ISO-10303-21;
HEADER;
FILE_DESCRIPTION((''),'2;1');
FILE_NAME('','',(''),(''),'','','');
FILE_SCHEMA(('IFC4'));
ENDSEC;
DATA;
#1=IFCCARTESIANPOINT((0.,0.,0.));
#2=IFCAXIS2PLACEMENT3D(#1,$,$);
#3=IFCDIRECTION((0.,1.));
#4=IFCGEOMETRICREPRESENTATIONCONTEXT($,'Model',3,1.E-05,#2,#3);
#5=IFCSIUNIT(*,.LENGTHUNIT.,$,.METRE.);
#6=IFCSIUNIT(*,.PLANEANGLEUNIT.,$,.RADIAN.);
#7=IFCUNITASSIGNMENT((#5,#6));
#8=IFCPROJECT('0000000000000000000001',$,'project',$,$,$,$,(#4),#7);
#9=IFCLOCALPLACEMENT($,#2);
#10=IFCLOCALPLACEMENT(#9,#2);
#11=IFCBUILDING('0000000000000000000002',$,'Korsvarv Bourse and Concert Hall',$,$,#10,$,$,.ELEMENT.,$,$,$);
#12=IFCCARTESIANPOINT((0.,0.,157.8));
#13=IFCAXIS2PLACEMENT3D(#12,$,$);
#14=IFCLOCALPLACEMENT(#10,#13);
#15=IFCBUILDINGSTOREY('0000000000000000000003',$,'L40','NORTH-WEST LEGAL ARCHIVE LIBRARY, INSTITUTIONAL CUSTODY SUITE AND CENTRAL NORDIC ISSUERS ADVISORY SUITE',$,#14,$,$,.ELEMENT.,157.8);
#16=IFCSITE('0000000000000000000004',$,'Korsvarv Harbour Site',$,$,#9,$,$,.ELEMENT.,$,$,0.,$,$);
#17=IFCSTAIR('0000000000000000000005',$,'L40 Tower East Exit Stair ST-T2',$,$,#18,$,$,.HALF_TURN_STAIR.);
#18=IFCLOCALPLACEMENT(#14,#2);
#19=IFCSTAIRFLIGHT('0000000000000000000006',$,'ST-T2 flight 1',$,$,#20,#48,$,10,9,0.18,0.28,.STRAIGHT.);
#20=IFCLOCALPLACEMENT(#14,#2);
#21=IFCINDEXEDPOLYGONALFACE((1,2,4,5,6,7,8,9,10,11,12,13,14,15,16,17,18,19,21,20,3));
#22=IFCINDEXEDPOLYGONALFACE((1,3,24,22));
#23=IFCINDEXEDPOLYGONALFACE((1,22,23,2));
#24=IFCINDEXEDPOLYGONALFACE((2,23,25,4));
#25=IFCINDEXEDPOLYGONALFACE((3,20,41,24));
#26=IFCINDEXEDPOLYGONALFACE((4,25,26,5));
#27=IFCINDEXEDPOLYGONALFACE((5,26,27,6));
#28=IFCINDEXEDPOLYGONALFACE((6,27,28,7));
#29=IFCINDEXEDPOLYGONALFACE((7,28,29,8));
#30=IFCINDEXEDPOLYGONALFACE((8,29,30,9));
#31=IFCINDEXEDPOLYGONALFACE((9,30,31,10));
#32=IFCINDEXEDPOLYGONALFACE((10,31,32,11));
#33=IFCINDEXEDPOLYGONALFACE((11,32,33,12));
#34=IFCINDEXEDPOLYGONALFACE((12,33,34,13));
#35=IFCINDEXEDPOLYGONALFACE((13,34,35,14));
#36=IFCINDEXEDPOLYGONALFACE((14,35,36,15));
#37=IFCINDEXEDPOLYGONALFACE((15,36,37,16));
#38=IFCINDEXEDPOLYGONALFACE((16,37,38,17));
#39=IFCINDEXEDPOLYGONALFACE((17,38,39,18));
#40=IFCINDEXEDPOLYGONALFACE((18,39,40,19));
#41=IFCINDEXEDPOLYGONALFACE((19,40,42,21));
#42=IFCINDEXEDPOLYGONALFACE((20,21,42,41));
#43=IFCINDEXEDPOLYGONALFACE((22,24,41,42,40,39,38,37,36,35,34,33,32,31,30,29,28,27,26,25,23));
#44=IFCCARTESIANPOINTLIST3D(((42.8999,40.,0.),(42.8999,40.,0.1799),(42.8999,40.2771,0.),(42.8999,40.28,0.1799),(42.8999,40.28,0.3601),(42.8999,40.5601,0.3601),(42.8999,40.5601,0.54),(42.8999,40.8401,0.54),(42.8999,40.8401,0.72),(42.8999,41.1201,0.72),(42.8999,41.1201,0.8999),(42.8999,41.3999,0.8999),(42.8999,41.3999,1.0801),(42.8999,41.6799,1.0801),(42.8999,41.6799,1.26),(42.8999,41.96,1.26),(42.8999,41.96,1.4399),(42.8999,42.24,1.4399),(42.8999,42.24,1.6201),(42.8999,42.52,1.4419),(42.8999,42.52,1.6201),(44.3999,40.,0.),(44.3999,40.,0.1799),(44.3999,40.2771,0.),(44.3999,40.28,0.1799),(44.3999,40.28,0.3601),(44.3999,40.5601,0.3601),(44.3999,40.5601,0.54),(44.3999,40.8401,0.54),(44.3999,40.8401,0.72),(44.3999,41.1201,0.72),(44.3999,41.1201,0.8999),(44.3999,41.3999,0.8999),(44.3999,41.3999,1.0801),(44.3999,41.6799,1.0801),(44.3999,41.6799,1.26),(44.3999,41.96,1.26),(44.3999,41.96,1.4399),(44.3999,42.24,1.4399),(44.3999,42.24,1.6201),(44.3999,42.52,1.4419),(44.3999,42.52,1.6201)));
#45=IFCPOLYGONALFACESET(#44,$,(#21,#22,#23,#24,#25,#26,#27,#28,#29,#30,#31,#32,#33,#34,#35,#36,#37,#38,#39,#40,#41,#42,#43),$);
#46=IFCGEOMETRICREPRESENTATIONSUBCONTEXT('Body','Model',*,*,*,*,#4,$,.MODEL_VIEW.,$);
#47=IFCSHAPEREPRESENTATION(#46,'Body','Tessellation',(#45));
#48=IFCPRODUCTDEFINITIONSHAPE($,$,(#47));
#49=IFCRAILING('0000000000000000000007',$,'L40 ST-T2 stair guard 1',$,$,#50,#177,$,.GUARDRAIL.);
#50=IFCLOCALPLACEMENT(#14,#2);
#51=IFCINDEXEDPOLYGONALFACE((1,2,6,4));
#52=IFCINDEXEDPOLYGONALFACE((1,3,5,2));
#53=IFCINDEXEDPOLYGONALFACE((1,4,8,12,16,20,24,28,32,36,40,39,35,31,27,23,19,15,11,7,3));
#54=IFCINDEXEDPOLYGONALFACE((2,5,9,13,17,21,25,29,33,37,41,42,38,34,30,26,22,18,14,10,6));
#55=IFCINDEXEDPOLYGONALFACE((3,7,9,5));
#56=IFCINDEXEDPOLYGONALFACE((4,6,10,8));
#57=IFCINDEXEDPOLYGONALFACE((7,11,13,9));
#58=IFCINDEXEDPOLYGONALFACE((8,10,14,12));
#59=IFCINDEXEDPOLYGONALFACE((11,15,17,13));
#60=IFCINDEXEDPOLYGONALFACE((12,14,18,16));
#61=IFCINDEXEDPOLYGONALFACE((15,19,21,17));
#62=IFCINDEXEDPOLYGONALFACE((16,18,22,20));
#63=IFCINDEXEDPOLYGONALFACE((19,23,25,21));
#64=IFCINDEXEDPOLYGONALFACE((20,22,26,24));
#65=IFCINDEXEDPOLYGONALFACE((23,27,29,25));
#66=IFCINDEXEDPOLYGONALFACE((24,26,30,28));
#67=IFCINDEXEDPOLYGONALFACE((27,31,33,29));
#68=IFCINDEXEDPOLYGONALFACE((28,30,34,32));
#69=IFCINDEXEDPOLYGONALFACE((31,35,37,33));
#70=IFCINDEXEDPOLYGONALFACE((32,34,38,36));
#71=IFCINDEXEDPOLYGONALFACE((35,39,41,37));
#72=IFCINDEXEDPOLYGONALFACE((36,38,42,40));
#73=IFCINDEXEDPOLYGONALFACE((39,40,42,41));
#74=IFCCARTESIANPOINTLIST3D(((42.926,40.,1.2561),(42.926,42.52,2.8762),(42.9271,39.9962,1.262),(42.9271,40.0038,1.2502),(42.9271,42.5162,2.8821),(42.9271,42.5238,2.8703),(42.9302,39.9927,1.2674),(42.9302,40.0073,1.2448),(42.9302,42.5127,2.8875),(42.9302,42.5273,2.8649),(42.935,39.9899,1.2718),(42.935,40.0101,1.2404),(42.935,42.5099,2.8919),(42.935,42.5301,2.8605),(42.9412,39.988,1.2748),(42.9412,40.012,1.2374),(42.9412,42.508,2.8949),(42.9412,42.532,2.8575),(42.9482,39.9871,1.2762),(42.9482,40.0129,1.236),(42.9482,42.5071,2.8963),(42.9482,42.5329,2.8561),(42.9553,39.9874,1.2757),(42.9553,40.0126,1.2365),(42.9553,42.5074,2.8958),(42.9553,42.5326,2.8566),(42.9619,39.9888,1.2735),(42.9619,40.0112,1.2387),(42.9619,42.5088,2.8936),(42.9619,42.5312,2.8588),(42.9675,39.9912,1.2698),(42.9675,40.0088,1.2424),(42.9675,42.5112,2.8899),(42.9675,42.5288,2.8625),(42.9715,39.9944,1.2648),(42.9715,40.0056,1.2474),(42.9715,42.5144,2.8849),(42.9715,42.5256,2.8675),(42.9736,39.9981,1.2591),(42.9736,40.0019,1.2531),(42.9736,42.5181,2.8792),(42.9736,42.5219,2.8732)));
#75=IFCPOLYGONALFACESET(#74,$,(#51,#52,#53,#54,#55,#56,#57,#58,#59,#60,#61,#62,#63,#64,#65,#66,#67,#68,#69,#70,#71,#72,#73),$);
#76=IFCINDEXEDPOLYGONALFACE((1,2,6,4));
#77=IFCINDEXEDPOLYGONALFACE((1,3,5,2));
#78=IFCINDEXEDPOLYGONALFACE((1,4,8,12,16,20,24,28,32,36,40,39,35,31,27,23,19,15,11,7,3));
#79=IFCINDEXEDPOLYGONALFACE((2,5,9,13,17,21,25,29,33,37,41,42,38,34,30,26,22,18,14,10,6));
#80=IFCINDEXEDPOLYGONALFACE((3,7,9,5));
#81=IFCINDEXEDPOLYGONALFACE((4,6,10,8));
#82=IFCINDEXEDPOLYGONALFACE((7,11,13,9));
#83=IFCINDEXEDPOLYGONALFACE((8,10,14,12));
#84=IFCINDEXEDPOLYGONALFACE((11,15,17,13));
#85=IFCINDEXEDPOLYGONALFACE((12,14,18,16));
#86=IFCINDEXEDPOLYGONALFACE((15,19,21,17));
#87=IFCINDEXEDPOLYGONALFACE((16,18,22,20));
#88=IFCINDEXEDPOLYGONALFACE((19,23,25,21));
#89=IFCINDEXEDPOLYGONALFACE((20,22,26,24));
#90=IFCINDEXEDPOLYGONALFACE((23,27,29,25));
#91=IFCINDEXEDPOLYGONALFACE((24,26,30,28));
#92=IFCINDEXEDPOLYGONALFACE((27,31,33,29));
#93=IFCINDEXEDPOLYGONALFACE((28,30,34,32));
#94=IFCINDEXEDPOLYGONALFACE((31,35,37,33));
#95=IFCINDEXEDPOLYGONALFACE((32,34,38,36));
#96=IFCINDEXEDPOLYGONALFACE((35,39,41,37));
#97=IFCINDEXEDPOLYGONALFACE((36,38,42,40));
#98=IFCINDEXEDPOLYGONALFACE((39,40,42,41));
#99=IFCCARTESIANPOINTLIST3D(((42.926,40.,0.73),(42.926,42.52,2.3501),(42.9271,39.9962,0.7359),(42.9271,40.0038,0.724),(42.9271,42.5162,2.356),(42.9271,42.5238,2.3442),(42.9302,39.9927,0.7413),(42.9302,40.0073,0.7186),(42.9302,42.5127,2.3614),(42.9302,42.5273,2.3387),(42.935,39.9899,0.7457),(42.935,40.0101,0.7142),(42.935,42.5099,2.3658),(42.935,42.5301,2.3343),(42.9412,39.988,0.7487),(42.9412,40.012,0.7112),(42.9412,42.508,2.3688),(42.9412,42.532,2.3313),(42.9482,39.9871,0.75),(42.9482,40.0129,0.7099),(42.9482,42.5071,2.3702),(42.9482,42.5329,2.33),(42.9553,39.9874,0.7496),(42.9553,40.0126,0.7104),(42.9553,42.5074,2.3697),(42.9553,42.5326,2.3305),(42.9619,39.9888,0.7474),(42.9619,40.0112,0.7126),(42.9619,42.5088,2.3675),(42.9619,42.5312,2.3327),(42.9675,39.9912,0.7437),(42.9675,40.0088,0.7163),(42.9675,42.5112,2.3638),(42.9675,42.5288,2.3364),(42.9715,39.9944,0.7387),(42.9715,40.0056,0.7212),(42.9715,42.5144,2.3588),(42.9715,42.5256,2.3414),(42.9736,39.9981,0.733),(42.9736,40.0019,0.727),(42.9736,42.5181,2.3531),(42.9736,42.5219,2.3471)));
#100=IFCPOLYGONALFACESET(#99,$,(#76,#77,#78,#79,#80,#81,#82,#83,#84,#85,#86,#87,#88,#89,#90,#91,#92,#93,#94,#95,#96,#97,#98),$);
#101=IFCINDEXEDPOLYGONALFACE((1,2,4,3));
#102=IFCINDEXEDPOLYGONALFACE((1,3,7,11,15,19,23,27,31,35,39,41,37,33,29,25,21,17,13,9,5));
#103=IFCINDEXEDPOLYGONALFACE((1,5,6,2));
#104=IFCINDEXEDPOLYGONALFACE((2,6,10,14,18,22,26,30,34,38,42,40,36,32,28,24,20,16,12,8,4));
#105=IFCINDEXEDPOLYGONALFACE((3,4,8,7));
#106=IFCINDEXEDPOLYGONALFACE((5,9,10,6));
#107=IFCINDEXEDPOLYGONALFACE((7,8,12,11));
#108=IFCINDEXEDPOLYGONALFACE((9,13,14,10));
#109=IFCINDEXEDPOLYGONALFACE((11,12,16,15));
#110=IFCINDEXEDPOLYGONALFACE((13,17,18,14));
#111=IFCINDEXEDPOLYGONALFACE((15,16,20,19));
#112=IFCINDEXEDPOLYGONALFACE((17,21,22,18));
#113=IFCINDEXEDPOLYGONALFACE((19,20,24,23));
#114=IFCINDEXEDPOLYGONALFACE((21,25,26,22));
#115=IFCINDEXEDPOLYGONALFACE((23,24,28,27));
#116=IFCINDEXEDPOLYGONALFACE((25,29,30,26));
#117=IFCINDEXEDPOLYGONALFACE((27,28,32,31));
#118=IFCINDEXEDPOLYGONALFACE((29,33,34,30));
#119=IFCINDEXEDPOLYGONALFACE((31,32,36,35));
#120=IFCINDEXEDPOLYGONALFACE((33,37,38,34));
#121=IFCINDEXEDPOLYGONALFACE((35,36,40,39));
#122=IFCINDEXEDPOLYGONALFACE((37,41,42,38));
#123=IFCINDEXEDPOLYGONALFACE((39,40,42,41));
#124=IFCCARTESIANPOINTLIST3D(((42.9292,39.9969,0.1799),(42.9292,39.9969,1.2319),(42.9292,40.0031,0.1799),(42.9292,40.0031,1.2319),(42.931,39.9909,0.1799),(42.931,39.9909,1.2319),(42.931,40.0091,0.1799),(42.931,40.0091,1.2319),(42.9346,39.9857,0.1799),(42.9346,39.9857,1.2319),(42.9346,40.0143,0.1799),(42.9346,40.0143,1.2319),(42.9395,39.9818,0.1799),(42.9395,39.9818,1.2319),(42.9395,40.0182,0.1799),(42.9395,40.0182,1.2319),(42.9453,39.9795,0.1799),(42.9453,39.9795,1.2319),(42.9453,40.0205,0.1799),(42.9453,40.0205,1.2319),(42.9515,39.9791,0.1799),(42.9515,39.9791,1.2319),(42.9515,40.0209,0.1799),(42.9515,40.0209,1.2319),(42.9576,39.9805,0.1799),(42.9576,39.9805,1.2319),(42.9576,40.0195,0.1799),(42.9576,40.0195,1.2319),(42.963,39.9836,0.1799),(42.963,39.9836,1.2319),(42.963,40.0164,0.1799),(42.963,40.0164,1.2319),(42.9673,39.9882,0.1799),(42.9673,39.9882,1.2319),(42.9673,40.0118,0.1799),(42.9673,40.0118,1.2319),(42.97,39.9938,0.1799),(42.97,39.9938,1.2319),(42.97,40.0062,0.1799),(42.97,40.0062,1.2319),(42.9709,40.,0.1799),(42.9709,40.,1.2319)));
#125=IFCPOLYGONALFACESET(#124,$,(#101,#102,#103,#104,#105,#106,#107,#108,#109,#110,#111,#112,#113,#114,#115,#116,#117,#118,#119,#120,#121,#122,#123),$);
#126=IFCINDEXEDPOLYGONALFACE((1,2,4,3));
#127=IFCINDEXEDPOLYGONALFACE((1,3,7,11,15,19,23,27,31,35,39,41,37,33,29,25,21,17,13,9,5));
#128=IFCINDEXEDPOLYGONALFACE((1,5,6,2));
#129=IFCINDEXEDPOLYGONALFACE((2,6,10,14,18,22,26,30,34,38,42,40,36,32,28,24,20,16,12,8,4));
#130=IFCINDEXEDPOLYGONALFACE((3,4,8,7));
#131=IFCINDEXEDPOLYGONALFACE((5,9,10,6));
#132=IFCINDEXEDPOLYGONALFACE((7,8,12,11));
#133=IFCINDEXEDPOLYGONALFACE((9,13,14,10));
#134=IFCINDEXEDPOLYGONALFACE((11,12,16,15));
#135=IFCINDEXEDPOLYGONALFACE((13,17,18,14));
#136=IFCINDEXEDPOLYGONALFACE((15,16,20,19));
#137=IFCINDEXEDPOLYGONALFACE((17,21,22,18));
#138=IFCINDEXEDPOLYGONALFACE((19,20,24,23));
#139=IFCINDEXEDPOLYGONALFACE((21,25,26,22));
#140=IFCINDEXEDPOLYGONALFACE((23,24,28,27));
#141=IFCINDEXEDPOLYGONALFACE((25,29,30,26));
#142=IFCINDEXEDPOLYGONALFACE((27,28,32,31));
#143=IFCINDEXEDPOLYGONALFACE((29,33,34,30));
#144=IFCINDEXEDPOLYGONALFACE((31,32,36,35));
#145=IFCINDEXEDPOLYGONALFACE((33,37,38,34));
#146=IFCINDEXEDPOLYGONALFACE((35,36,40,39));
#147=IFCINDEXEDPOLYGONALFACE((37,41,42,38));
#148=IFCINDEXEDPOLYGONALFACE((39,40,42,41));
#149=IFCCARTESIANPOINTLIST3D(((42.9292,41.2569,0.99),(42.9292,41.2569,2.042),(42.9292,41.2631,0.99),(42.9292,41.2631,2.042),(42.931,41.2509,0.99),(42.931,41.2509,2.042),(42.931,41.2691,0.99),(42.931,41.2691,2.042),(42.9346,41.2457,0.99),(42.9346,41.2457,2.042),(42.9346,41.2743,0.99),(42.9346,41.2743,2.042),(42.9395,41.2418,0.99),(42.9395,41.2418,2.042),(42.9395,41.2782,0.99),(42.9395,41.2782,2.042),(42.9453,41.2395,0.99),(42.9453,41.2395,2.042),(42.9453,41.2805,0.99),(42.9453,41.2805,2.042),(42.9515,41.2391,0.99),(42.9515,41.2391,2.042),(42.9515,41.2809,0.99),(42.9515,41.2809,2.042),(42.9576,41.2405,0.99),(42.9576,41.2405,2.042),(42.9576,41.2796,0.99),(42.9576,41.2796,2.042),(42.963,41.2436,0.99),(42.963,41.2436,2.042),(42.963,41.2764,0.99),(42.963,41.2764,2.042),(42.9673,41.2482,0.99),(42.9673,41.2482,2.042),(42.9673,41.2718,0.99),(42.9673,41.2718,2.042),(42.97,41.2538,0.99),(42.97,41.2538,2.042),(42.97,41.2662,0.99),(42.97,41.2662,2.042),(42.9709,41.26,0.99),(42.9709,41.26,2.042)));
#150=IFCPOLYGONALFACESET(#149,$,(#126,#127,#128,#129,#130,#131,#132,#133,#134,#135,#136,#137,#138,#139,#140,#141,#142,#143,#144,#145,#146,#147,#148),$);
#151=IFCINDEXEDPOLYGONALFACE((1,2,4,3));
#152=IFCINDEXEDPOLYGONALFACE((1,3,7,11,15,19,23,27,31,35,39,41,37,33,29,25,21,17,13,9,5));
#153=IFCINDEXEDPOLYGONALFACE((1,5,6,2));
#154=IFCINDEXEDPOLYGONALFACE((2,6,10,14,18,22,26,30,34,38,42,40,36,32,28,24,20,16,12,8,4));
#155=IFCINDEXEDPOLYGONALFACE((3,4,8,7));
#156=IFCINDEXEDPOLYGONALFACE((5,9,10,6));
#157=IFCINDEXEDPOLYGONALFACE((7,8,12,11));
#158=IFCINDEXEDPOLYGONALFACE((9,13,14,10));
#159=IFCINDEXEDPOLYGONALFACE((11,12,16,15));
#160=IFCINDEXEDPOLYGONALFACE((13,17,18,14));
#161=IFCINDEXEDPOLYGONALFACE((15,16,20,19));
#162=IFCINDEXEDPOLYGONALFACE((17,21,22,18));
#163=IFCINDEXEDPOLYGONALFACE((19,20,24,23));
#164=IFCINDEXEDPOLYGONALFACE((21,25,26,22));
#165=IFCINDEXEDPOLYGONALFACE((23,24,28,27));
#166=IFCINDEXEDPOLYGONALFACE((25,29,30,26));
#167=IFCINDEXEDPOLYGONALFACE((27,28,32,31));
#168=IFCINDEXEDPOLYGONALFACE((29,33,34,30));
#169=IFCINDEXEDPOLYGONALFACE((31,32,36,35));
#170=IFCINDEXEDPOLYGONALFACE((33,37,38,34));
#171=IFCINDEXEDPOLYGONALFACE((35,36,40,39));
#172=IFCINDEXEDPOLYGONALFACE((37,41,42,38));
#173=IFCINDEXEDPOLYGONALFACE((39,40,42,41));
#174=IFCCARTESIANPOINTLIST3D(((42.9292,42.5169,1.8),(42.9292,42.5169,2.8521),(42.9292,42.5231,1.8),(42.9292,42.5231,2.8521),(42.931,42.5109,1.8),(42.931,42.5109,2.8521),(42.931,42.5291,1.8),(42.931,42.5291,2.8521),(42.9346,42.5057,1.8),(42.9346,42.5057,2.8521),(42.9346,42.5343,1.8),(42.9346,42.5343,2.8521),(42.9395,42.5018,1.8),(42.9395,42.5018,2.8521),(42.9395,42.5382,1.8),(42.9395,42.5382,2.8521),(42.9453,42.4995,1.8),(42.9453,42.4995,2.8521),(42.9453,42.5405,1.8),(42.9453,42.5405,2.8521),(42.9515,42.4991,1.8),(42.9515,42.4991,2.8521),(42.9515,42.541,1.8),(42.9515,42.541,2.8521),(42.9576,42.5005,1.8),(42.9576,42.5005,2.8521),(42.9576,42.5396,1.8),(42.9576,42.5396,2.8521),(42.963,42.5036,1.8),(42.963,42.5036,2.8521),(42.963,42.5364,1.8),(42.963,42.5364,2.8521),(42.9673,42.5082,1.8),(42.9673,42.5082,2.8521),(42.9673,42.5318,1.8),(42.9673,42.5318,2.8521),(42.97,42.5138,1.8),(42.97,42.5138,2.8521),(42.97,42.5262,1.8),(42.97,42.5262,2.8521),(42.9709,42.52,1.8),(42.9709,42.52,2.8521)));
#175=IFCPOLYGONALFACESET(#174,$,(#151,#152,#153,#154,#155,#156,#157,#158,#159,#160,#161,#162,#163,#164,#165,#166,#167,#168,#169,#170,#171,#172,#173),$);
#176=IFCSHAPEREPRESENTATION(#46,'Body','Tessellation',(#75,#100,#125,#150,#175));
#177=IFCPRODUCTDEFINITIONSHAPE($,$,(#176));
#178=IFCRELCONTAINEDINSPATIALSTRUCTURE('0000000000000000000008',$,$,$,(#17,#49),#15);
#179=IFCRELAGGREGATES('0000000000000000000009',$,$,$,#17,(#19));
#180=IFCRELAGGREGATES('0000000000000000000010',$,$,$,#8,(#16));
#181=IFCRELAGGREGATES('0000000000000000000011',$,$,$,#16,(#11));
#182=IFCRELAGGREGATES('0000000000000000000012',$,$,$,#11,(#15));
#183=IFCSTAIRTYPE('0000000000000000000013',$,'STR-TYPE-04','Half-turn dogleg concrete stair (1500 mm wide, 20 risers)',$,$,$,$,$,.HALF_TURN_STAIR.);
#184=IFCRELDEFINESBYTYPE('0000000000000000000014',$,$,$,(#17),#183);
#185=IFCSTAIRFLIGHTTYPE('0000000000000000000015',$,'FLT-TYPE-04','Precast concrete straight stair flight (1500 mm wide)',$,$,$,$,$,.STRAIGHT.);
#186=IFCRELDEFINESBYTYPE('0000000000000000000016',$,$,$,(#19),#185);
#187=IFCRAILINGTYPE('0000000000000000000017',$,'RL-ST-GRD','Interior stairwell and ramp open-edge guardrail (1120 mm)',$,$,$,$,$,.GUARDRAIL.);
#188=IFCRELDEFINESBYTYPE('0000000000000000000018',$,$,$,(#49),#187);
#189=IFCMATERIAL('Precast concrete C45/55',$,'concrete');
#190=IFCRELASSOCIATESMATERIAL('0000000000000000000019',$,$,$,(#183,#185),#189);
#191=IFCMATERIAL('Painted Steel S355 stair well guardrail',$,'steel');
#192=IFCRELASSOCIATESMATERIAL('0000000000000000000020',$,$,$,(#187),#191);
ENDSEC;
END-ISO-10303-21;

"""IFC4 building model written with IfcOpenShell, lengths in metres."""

from ifc_helpers import new_model, si_unit, direction, frame, origin, origin_2d, place, context, subcontext, project, spatial, polyline, circle, outline, extrude, material, type_object, element, aggregate, save


model = new_model("IFC4")

# Units and contexts
model_context = context("Model", 3, precision=1e-05, world=origin(), true_north=direction((0.0, 1.0)))
body_context = subcontext(model_context, "Body", "Model", "MODEL_VIEW")
ifc_project = project(units=[si_unit("LENGTHUNIT", "METRE"), si_unit("PLANEANGLEUNIT", "RADIAN")], contexts=[model_context])

# Site, building, storey
site_placement = place(None, origin())
site = spatial("IfcSite", under=ifc_project, at=site_placement, Name="Korsvarv Harbour Site", CompositionType="ELEMENT", RefElevation=0.0)
building_placement = place(site_placement, origin())
building = spatial("IfcBuilding", under=site, at=building_placement, Name="Korsvarv Bourse and Concert Hall", CompositionType="ELEMENT")
storey_placement = place(building_placement, frame((0.0, 0.0, 157.8)))
storey = spatial("IfcBuildingStorey", under=building, at=storey_placement, Name="L40", Description="NORTH-WEST LEGAL ARCHIVE LIBRARY, INSTITUTIONAL CUSTODY SUITE AND CENTRAL NORDIC ISSUERS ADVISORY SUITE", CompositionType="ELEMENT", Elevation=157.8)

# Stair, stair flight
ifc_material_1 = material(Name="Precast concrete C45/55", Category="concrete")
stair_type = type_object("IfcStairType", Name="STR-TYPE-04", Description="Half-turn dogleg concrete stair (1500 mm wide, 20 risers)", PredefinedType="HALF_TURN_STAIR", material=ifc_material_1)
stair_placement = place(storey_placement, origin())
stair = element("IfcStair", 1, at=stair_placement, inside=storey, type_object=stair_type, Name="L40 Tower East Exit Stair ST-T2", PredefinedType="HALF_TURN_STAIR")
stair_flight_type = type_object("IfcStairFlightType", Name="FLT-TYPE-04", Description="Precast concrete straight stair flight (1500 mm wide)", PredefinedType="STRAIGHT", material=ifc_material_1)
stair_flight_placement = place(storey_placement, frame((43.6499, 40.0, 0.0), z_axis=(0.0, 0.0, 1.0), x_axis=(0.0, 1.0, 0.0)))
stair_flight = element("IfcStairFlight", 2, at=stair_flight_placement, type_object=stair_flight_type, Name="ST-T2 flight 1", NumberOfRisers=10, NumberOfTreads=9, PredefinedType="STRAIGHT", RiserHeight=0.18, TreadLength=0.28, context=body_context, shape_type="SweptSolid", body=[
    extrude(outline(polyline([(0.0, 0.0), (0.0, 0.1799), (0.28, 0.1799), (0.28, 0.3601), (0.5601, 0.3601), (0.5601, 0.54), (0.8401, 0.54), (0.8401, 0.72), (1.1201, 0.72), (1.1201, 0.8999), (1.3999, 0.8999), (1.3999, 1.0801), (1.6799, 1.0801), (1.6799, 1.26), (1.96, 1.26), (1.96, 1.4399), (2.24, 1.4399), (2.24, 1.6201), (2.52, 1.6201), (2.52, 1.8), (2.52, 1.4419), (0.2771, 0.0), (0.0, 0.0)])), frame((0.0, 0.75, 0.0), z_axis=(0.0, -1.0, 0.0), x_axis=(1.0, 0.0, 0.0)), (0.0, 0.0, 1.0), 1.5),
])
aggregate(stair, [stair_flight])

# Railing
ifc_material_2 = material(Name="Painted Steel S355 stair well guardrail", Category="steel")
railing_type_1 = type_object("IfcRailingType", Name="RL-ST-GRD", Description="Interior stairwell and ramp open-edge guardrail (1120 mm)", PredefinedType="GUARDRAIL", material=ifc_material_2)
railing_1_placement = place(storey_placement, frame((42.95, 40.0, 0.1799)))
element("IfcRailing", 3, at=railing_1_placement, inside=storey, type_object=railing_type_1, Name="L40 ST-T2 stair guard 1", PredefinedType="GUARDRAIL", context=body_context, shape_type="SweptSolid", body=[
    extrude(circle(Radius=0.0239, at=origin_2d()), frame((0.0, 0.0, 1.0762), z_axis=(0.0, 0.841163, 0.540782), x_axis=(-1.0, 0.0, 0.0)), (0.0, 0.0, 1.0), 2.9958),
    extrude(circle(Radius=0.0239, at=origin_2d()), frame((0.0, 0.0, 0.55), z_axis=(0.0, 0.841163, 0.540782), x_axis=(-1.0, 0.0, 0.0)), (0.0, 0.0, 1.0), 2.9958),
    extrude(circle(Radius=0.021, at=origin_2d()), origin(), (0.0, 0.0, 1.0), 1.052),
    extrude(circle(Radius=0.021, at=origin_2d()), frame((0.0, 1.26, 0.8101)), (0.0, 0.0, 1.0), 1.052),
    extrude(circle(Radius=0.021, at=origin_2d()), frame((0.0, 2.52, 1.6201)), (0.0, 0.0, 1.0), 1.052),
])

save(model, "model.ifc")
